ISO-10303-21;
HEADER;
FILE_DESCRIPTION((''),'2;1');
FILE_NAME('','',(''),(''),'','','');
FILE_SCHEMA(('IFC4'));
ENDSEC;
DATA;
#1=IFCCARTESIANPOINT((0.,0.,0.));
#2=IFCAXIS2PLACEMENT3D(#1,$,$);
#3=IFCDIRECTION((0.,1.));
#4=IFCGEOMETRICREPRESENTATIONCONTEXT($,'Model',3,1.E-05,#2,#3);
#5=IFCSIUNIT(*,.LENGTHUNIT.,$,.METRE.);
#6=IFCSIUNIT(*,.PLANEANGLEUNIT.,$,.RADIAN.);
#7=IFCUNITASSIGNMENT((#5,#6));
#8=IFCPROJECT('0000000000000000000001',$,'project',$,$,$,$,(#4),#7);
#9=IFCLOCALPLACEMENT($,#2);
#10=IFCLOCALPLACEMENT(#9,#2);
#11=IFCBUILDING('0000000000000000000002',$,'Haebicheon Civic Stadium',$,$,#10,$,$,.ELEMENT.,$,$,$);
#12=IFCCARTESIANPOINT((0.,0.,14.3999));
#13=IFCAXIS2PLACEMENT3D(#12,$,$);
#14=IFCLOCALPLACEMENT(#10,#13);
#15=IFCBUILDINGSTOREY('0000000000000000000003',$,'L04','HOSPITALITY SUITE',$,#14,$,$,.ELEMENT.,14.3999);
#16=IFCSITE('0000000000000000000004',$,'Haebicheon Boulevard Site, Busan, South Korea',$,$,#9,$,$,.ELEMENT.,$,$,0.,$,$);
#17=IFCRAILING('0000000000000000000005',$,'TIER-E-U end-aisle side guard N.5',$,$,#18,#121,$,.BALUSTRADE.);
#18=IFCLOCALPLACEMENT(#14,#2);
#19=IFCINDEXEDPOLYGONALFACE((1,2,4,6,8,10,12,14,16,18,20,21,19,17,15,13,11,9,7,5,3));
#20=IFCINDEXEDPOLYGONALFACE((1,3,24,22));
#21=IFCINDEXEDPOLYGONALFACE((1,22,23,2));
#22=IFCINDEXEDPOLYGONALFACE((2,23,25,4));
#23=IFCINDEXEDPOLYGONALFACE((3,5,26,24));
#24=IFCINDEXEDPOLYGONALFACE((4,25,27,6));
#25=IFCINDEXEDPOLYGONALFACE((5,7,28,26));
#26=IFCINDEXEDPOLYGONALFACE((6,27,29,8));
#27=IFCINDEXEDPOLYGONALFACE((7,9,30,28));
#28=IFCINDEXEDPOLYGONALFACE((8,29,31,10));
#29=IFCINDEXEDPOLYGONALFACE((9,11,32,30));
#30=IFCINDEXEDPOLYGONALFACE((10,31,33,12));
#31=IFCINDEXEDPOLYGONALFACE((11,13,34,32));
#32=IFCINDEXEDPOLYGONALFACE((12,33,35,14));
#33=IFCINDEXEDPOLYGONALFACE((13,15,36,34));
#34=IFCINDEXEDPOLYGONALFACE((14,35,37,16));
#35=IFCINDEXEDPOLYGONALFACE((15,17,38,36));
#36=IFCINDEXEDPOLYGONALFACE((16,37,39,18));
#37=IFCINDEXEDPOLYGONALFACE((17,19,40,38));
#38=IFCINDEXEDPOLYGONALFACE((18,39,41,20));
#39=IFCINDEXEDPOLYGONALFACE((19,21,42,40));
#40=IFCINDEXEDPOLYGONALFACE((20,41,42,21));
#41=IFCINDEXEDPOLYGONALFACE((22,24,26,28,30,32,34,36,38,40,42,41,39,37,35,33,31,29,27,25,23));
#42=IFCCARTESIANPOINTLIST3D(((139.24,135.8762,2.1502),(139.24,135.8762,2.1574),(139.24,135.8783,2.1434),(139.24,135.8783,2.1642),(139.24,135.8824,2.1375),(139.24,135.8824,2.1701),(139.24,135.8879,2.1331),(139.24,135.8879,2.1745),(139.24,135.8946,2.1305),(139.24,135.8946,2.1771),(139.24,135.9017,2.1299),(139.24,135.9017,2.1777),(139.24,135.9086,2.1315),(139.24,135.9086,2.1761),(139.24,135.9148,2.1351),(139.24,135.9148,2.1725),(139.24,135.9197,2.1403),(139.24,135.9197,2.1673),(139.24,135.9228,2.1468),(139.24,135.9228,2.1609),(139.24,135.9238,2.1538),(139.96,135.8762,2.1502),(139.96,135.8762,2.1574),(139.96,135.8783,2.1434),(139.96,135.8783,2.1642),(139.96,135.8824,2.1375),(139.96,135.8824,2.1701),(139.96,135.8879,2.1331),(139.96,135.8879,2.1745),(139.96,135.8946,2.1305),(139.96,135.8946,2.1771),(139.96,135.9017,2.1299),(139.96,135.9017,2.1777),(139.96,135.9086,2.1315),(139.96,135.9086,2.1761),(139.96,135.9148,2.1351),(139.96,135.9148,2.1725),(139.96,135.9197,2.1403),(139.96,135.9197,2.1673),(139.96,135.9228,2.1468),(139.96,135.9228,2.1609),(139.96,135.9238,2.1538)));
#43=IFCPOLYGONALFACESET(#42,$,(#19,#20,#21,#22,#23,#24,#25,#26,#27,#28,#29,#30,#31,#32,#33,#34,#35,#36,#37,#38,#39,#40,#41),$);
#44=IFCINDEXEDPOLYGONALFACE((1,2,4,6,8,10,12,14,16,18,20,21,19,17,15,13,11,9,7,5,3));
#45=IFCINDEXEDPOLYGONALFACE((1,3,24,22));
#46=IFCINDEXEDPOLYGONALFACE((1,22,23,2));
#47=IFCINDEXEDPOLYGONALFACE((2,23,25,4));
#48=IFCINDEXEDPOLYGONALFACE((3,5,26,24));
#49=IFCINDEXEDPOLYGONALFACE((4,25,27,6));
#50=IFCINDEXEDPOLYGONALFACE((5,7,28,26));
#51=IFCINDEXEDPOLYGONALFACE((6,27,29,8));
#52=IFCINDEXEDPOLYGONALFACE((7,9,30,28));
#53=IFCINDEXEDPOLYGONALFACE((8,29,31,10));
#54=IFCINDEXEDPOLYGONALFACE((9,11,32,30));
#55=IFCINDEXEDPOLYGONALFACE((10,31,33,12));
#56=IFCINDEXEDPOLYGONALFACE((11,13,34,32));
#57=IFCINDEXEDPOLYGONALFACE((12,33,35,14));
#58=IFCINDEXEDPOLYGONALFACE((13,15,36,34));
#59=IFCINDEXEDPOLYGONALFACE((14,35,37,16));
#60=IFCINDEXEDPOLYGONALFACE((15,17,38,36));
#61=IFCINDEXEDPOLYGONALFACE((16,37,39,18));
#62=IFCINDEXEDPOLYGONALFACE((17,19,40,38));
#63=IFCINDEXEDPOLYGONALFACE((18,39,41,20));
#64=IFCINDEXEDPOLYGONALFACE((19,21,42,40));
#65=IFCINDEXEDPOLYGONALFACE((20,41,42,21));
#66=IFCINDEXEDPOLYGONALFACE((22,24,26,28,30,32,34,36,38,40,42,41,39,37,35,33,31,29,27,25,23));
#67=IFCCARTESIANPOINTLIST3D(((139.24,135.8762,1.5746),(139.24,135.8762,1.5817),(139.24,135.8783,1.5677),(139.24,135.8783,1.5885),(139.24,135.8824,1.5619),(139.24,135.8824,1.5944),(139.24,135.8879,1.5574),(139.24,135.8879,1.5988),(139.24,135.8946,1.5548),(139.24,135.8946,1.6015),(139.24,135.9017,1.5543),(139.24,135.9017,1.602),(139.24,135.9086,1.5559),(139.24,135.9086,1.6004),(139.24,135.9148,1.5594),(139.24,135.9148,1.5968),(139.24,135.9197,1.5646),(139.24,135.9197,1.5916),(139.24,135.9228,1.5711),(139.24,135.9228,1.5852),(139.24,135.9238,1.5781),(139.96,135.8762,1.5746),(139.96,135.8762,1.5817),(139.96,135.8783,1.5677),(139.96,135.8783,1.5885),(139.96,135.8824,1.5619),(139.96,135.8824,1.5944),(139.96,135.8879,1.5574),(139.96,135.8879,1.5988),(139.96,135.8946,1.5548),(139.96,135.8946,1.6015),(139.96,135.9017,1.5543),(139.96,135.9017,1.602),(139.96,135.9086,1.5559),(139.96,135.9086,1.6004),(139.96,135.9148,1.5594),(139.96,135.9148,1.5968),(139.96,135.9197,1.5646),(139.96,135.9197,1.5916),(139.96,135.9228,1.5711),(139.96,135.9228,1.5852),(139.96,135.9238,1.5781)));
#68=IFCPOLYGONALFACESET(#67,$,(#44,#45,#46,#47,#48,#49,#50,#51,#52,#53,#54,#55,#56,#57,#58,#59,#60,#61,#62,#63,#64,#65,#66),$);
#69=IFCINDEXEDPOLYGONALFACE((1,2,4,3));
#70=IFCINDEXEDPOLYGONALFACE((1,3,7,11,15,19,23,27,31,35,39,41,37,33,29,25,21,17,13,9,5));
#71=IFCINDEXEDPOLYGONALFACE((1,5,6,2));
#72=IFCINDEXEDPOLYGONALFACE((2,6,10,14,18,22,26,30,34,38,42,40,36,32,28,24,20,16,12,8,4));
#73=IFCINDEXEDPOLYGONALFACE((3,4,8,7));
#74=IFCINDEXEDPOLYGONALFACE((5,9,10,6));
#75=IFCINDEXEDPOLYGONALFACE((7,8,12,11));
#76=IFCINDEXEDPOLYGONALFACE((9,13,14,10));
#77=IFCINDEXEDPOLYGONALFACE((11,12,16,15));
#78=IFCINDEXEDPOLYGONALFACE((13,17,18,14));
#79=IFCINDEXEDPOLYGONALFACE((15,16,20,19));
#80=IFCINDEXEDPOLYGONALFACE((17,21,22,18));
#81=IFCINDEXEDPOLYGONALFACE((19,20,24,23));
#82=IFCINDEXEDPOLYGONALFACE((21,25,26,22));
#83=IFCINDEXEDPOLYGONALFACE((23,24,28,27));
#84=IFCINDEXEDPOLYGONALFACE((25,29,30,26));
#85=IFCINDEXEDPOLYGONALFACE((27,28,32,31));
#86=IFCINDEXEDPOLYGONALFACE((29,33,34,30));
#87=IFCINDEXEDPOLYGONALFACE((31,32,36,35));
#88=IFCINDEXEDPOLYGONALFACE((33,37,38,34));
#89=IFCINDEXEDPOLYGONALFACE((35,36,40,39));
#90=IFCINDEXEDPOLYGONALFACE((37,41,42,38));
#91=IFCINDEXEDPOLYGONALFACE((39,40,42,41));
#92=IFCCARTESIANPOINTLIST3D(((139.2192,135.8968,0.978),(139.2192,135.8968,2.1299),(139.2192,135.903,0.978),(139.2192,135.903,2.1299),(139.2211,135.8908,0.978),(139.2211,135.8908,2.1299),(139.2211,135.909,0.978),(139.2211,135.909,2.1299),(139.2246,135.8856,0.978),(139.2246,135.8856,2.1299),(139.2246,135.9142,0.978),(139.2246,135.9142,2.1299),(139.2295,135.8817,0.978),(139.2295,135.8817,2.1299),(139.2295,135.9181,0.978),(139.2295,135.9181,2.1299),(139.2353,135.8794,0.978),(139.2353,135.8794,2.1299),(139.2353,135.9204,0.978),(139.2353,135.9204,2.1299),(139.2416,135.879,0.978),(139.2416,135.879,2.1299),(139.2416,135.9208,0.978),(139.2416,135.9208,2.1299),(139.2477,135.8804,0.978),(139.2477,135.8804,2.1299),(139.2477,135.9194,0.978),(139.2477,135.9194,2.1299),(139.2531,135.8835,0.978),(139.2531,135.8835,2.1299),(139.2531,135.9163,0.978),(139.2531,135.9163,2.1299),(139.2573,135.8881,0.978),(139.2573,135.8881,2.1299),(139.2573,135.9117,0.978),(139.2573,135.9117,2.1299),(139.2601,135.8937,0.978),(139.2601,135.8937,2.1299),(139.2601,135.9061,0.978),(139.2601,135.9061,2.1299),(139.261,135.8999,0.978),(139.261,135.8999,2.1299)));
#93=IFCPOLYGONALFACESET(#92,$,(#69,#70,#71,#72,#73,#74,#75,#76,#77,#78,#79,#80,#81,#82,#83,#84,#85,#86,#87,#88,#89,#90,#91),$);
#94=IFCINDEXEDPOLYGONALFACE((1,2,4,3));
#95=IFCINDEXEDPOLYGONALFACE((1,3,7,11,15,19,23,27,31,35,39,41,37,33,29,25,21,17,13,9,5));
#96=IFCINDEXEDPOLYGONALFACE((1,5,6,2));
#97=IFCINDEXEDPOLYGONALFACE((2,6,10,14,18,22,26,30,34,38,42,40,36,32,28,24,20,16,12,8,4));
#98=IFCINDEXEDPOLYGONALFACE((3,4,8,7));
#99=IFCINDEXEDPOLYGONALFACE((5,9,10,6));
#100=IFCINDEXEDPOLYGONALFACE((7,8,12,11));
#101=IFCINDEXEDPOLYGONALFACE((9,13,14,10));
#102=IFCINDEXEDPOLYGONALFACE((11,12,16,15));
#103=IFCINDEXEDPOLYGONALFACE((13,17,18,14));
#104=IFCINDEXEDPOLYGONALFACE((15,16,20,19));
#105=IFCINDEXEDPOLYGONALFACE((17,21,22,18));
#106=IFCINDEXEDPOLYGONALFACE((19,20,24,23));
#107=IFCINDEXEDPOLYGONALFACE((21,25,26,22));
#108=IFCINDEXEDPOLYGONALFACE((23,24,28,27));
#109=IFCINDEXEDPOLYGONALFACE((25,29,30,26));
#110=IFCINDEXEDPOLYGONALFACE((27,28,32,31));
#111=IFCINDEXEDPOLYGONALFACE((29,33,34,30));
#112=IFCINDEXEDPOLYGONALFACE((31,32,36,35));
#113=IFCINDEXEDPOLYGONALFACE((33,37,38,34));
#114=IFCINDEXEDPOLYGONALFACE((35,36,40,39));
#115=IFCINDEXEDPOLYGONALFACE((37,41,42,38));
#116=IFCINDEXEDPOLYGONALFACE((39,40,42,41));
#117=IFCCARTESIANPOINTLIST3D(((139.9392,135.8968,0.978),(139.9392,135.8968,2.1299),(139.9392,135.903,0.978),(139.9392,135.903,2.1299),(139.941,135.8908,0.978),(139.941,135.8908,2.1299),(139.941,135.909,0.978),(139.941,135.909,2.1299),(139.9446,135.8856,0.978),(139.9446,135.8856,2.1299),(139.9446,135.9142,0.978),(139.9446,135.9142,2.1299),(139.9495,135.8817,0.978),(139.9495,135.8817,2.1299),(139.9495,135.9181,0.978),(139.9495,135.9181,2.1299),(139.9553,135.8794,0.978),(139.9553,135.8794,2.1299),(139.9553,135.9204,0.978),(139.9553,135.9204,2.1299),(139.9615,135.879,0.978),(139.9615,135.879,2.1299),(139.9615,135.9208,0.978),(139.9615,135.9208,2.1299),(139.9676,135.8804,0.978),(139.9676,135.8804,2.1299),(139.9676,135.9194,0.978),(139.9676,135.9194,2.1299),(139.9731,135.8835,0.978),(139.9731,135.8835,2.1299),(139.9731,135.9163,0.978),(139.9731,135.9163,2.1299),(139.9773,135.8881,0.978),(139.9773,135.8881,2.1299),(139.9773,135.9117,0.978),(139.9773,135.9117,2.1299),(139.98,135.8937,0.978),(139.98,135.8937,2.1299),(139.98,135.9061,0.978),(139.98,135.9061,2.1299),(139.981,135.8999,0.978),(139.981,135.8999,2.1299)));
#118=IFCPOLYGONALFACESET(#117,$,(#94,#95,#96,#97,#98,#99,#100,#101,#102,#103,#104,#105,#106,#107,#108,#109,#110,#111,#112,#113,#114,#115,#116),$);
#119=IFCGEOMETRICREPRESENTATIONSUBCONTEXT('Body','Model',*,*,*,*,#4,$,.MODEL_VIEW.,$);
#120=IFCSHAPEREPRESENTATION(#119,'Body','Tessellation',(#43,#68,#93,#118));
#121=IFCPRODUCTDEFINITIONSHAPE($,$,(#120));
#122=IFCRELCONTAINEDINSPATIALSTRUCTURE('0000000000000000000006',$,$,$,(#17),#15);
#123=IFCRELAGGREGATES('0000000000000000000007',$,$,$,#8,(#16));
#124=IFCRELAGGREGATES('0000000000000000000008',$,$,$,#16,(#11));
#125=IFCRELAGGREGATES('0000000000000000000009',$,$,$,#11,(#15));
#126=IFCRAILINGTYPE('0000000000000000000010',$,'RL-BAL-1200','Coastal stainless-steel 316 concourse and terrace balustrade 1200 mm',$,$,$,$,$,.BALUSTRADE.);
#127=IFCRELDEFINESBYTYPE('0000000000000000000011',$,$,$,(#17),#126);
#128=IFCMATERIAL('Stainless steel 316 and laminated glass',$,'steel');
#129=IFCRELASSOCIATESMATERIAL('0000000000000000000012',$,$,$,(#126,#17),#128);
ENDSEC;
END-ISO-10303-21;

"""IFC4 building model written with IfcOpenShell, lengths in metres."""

from ifc_helpers import new_model, si_unit, direction, frame, origin, origin_2d, place, context, subcontext, project, spatial, circle, extrude, material, type_object, element, save


model = new_model("IFC4")

# Units and contexts
model_context = context("Model", 3, precision=1e-05, world=origin(), true_north=direction((0.0, 1.0)))
body_context = subcontext(model_context, "Body", "Model", "MODEL_VIEW")
ifc_project = project(units=[si_unit("LENGTHUNIT", "METRE"), si_unit("PLANEANGLEUNIT", "RADIAN")], contexts=[model_context])

# Site, building, storey
site_placement = place(None, origin())
site = spatial("IfcSite", under=ifc_project, at=site_placement, Name="Haebicheon Boulevard Site, Busan, South Korea", CompositionType="ELEMENT", RefElevation=0.0)
building_placement = place(site_placement, origin())
building = spatial("IfcBuilding", under=site, at=building_placement, Name="Haebicheon Civic Stadium", CompositionType="ELEMENT")
storey_placement = place(building_placement, frame((0.0, 0.0, 14.3999)))
storey = spatial("IfcBuildingStorey", under=building, at=storey_placement, Name="L04", Description="HOSPITALITY SUITE", CompositionType="ELEMENT", Elevation=14.3999)

# Railing
ifc_material_1 = material(Name="Stainless steel 316 and laminated glass", Category="steel")
railing_type = type_object("IfcRailingType", Name="RL-BAL-1200", Description="Coastal stainless-steel 316 concourse and terrace balustrade 1200 mm", PredefinedType="BALUSTRADE", material=ifc_material_1)
for number, where, name in (
    (1, (139.24, 135.8999, 0.978), "TIER-E-U end-aisle side guard N.5"),
):
    element("IfcRailing", number, at=place(storey_placement, frame(where)), inside=storey, type_object=railing_type, material=ifc_material_1, Name=name, PredefinedType="BALUSTRADE", context=body_context, shape_type="SweptSolid", body=[
        extrude(circle(Radius=0.0239, at=origin_2d()), frame((0.0, 0.0, 1.1758), z_axis=(1.0, 0.0, 0.0), x_axis=(0.0, 1.0, 0.0)), (0.0, 0.0, 1.0), 0.72),
        extrude(circle(Radius=0.0239, at=origin_2d()), frame((0.0, 0.0, 0.6001), z_axis=(1.0, 0.0, 0.0), x_axis=(0.0, 1.0, 0.0)), (0.0, 0.0, 1.0), 0.72),
        extrude(circle(Radius=0.021, at=origin_2d()), origin(), (0.0, 0.0, 1.0), 1.1519),
        extrude(circle(Radius=0.021, at=origin_2d()), frame((0.72, 0.0, 0.0)), (0.0, 0.0, 1.0), 1.1519),
    ])

save(model, "model.ifc")
